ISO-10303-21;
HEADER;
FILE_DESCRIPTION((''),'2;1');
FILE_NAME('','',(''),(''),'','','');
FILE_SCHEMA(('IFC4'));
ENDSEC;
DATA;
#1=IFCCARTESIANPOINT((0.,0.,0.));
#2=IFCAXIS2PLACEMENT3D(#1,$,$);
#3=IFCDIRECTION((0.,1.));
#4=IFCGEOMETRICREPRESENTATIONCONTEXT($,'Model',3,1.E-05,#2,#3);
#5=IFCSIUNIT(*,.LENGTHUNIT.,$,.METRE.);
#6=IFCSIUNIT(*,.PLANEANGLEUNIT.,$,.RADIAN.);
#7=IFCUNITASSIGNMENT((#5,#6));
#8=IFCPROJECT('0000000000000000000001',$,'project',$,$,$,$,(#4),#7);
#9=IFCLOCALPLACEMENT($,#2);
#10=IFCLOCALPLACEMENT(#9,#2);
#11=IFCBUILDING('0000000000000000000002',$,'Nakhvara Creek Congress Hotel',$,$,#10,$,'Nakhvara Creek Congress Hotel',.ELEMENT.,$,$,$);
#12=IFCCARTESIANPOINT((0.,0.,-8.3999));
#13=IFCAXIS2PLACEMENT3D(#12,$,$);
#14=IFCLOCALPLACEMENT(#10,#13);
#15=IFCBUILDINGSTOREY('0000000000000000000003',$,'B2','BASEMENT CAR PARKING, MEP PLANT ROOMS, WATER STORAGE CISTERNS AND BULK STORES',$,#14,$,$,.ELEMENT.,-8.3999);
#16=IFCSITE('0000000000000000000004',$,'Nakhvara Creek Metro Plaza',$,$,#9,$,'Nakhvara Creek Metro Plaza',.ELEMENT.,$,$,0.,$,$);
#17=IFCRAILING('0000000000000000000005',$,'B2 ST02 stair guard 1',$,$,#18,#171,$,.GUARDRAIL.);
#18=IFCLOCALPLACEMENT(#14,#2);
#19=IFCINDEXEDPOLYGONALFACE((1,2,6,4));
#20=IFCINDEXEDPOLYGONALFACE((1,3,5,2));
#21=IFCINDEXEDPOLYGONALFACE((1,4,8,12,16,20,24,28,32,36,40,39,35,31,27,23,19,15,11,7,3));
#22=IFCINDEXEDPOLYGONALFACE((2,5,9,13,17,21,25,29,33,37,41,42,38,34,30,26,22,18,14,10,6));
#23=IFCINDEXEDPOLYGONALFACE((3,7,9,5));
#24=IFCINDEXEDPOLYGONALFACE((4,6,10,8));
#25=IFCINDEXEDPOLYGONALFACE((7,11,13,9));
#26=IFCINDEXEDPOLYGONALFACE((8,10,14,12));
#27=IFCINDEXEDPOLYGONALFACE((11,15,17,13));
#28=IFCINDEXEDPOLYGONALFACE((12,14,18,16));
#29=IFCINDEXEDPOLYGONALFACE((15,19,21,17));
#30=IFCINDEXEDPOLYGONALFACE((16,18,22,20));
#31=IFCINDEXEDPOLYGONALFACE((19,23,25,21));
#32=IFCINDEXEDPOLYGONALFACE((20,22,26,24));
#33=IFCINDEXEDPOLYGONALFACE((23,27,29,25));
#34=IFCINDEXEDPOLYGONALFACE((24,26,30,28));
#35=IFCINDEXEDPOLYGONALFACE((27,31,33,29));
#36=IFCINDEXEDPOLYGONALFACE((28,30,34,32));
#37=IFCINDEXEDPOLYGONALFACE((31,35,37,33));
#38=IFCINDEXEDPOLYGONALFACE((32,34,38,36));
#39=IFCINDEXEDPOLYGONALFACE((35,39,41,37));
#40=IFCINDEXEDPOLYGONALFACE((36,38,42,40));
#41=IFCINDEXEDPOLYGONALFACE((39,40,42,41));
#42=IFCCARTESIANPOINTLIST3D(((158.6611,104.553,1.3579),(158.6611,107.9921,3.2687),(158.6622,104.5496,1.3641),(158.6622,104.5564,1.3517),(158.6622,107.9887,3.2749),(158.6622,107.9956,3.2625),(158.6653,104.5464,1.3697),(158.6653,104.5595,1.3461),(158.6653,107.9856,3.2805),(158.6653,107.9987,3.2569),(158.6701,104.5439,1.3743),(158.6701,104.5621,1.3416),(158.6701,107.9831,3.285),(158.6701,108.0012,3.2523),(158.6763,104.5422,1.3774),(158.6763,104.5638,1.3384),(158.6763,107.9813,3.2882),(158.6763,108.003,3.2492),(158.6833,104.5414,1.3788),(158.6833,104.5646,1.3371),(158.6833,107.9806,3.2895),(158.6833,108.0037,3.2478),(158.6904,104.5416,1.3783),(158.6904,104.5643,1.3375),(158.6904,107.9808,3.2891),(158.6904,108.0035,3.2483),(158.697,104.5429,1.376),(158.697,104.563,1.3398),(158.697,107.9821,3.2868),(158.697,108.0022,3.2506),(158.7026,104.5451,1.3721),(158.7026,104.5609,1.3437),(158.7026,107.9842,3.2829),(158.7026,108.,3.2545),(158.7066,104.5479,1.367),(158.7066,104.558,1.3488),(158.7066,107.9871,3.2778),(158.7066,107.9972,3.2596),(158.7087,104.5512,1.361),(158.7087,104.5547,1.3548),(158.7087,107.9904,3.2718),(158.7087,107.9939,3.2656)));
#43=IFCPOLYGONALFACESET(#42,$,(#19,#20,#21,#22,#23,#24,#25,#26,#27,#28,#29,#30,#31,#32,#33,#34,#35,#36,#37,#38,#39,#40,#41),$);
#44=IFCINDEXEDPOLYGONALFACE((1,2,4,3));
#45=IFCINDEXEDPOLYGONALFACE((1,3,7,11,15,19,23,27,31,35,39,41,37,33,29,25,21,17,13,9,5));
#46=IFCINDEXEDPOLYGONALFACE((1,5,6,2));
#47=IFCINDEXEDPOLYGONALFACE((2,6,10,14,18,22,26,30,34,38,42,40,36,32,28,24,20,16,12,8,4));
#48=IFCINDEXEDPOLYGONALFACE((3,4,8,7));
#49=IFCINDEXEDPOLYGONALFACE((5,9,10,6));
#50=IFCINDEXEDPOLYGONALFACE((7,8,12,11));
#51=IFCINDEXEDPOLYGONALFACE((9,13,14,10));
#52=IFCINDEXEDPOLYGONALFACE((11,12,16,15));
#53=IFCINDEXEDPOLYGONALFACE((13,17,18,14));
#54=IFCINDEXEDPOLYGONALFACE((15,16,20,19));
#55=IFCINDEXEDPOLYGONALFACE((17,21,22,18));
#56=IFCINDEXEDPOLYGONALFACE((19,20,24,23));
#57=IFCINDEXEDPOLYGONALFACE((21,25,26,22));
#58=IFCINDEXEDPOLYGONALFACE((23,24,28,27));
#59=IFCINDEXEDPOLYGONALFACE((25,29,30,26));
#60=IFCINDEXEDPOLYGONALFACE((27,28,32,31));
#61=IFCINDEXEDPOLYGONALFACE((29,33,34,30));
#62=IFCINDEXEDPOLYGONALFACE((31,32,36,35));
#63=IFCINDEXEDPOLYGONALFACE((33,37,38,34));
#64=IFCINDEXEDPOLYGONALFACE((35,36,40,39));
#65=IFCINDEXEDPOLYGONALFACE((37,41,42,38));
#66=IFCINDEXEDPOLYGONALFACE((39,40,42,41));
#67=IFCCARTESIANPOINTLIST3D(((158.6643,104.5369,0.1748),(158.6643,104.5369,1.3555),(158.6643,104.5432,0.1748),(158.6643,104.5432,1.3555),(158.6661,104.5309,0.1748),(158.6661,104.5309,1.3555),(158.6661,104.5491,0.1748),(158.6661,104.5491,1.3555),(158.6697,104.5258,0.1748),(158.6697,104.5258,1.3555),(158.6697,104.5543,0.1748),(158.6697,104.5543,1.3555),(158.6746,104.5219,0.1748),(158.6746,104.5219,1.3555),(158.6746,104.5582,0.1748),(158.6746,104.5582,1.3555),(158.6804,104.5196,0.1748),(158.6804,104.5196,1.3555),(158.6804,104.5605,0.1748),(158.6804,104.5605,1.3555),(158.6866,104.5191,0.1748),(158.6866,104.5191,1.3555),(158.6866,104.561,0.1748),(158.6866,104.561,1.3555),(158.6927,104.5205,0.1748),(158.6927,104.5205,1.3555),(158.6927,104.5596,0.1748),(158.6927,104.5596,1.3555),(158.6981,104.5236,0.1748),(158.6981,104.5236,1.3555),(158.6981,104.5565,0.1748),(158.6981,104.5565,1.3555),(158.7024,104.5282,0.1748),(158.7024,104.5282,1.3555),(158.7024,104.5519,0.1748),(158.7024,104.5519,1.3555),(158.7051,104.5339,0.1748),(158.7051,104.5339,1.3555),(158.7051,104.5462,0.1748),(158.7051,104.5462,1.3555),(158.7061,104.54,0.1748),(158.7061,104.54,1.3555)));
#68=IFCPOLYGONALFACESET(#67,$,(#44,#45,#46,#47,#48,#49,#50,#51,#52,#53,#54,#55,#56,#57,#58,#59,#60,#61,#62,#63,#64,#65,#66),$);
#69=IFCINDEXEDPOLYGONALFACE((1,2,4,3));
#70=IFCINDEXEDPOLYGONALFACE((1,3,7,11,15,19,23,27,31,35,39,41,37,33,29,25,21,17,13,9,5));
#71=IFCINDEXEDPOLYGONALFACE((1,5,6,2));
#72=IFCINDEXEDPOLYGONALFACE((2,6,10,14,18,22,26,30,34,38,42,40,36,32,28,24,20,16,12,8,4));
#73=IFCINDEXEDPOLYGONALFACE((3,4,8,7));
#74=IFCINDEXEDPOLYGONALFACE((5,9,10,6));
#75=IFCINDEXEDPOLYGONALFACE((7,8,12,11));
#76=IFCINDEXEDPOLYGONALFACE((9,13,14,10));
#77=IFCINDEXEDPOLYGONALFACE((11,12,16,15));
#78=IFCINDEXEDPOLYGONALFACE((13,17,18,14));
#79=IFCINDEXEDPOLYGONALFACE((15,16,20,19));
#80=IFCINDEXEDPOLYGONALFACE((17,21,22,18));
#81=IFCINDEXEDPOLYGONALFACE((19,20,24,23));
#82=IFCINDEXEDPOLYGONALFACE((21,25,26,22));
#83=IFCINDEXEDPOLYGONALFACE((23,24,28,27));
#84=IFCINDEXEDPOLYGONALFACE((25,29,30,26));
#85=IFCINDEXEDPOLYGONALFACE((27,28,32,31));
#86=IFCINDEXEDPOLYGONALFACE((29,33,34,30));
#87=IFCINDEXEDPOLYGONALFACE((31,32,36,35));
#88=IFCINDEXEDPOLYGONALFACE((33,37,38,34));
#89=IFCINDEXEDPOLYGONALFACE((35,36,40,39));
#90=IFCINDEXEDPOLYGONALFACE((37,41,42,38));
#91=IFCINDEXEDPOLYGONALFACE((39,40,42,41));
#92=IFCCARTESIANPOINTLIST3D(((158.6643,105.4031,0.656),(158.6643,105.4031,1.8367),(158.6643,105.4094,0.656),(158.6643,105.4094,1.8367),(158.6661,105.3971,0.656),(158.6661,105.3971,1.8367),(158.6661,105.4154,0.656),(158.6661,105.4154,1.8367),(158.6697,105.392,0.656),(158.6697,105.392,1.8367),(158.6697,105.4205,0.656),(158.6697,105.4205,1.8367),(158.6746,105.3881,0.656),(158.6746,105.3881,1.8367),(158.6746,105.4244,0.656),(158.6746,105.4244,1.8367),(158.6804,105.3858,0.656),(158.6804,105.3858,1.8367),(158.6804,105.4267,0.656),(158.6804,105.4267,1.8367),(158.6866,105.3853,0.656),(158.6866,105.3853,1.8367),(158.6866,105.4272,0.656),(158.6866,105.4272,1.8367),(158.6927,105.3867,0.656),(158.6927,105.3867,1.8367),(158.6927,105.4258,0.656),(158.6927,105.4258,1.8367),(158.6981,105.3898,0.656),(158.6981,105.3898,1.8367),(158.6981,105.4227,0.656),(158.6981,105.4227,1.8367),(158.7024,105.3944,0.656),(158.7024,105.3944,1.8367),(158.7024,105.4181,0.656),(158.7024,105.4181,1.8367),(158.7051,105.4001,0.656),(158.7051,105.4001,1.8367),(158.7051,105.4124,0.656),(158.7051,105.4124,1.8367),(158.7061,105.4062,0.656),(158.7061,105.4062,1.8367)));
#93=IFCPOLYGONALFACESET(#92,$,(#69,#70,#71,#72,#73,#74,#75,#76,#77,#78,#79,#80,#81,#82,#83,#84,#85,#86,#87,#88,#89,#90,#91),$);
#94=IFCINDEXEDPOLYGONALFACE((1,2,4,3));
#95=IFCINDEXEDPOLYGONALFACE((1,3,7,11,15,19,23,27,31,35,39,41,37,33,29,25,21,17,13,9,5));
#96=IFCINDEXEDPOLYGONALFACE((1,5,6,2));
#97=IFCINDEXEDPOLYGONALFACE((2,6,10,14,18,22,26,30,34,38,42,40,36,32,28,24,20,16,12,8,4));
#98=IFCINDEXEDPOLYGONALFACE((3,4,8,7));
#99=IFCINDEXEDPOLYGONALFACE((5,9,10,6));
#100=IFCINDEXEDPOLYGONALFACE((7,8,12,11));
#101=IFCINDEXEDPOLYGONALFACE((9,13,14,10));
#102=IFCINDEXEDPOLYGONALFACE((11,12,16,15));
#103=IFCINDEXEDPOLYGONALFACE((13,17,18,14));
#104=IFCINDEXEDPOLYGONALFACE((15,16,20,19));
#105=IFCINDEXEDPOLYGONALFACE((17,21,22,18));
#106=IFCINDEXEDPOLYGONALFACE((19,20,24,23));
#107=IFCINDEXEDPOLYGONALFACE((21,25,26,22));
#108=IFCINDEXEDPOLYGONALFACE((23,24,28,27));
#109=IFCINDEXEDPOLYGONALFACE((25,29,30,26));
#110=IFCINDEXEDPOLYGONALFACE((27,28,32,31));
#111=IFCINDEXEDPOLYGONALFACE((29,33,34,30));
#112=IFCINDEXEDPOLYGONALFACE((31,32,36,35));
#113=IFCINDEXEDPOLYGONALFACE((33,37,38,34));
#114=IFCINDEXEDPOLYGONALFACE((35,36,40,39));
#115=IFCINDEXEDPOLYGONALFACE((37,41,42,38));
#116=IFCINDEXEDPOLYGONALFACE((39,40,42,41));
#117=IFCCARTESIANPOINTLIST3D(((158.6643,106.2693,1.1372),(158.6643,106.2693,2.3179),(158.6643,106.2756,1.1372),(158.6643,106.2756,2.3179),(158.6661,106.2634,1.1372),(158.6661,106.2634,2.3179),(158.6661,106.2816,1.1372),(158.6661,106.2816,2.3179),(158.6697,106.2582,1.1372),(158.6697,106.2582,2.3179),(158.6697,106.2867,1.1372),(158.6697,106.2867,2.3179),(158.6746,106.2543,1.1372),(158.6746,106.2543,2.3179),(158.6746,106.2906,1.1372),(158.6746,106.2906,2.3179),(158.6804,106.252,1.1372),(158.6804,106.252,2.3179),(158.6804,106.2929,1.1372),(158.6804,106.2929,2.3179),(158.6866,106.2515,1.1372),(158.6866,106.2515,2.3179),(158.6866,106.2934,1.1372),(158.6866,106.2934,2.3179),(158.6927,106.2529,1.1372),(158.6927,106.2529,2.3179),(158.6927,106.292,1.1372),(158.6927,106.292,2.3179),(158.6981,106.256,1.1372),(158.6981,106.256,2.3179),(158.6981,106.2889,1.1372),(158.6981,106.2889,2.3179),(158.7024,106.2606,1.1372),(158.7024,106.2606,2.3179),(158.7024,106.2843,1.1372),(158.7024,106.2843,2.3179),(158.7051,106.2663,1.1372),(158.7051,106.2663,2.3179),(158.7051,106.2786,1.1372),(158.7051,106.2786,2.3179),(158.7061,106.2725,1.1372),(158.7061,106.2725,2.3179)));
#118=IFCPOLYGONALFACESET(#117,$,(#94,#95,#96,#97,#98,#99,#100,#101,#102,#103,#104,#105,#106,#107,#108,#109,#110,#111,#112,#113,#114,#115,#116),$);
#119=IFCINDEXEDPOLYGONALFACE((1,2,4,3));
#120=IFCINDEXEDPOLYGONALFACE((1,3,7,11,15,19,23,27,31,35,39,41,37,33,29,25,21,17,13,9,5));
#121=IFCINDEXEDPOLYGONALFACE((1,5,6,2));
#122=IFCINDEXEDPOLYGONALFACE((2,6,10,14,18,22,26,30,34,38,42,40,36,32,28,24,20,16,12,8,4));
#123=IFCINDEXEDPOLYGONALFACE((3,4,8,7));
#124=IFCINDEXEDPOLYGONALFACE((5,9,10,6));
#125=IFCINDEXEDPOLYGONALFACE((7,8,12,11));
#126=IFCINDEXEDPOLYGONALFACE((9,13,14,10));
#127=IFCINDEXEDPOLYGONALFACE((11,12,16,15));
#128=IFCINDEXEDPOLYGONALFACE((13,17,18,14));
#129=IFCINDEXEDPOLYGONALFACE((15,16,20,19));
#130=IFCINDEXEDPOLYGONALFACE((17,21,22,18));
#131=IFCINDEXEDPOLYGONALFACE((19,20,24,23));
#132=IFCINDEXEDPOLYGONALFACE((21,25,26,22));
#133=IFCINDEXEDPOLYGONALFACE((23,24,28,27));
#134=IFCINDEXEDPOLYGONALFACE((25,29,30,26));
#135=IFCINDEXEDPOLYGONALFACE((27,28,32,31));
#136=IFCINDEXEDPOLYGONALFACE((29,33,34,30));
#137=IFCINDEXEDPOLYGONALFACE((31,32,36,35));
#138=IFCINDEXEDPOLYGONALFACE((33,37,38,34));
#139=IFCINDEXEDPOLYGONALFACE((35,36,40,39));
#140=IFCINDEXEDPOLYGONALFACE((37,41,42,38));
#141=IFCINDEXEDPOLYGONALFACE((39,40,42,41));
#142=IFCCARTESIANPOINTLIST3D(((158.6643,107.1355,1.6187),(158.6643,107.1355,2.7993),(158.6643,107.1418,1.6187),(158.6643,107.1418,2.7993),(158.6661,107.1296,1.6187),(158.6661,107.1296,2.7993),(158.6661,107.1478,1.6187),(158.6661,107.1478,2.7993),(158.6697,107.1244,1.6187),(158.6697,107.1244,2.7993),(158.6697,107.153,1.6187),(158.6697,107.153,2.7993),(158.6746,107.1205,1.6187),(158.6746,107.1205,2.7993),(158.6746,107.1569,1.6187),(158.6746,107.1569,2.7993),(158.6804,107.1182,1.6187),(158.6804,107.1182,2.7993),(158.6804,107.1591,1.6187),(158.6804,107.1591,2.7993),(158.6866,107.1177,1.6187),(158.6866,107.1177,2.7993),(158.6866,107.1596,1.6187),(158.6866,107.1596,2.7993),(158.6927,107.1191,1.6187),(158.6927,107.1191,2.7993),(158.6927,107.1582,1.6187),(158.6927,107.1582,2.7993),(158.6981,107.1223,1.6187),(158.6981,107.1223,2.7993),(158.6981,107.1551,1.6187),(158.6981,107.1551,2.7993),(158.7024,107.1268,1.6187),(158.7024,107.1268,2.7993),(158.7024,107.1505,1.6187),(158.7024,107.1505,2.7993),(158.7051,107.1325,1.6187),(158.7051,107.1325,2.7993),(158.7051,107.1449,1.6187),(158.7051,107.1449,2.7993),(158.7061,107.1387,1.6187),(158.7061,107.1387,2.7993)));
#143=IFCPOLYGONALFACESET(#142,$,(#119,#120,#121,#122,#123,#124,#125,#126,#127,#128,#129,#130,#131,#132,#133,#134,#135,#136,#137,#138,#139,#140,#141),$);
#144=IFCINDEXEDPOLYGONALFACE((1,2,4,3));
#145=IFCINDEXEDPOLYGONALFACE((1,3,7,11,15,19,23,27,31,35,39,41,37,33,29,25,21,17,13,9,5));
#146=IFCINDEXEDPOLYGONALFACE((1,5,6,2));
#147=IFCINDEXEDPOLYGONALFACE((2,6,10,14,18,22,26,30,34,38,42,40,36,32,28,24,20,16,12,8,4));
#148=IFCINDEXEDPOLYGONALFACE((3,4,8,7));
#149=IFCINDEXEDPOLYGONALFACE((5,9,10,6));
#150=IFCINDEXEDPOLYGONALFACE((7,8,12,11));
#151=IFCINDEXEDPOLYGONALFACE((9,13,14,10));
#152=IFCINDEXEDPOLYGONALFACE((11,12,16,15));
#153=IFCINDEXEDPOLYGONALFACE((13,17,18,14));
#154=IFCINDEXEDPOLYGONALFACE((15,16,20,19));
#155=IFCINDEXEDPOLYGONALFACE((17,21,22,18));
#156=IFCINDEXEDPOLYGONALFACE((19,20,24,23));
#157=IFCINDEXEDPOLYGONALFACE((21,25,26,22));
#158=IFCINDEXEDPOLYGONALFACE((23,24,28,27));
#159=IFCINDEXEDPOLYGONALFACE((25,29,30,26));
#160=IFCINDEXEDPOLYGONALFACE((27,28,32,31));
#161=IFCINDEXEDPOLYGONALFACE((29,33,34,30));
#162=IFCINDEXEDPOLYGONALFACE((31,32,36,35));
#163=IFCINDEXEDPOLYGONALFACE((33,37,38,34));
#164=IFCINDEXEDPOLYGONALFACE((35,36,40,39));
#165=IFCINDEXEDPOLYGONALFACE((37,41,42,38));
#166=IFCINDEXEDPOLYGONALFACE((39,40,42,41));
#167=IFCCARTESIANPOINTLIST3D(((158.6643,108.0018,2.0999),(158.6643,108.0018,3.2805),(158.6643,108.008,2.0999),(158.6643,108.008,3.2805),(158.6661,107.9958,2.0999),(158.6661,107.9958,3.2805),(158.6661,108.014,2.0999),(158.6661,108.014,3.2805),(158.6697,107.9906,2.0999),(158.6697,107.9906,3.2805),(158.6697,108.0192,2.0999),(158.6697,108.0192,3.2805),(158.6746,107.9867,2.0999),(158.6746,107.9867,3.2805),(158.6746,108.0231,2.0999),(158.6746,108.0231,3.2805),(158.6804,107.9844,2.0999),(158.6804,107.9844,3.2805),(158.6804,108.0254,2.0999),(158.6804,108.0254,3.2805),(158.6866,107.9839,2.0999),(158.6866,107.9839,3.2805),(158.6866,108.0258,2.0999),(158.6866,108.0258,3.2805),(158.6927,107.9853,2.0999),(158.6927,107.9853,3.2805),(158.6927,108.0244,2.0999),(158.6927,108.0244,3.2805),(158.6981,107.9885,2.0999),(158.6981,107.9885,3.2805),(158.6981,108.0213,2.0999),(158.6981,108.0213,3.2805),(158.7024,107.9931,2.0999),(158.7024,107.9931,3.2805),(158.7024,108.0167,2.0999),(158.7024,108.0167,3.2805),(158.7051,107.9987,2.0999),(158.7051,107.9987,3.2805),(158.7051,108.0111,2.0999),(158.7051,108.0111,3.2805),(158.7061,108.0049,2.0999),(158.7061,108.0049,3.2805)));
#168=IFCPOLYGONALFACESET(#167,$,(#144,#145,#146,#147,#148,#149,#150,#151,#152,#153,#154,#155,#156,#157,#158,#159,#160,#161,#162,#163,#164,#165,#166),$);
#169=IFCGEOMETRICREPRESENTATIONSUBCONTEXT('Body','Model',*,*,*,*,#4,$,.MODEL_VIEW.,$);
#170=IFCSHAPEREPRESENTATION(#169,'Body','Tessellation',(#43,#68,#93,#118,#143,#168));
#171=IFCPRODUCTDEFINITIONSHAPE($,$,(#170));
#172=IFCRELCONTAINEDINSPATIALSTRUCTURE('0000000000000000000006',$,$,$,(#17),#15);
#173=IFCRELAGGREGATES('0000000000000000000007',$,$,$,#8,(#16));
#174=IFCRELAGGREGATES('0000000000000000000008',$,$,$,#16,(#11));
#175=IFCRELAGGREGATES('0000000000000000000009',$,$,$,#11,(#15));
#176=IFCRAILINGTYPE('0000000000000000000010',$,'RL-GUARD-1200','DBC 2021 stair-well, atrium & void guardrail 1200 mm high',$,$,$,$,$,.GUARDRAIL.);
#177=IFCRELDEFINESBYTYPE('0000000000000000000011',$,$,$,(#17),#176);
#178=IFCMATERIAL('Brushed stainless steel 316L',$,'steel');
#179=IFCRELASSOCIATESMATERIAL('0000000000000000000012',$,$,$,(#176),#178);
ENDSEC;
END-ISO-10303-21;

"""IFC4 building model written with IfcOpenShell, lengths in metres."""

from ifc_helpers import new_model, si_unit, direction, frame, origin, origin_2d, place, context, subcontext, project, spatial, circle, extrude, material, type_object, element, save


model = new_model("IFC4")

# Units and contexts
model_context = context("Model", 3, precision=1e-05, world=origin(), true_north=direction((0.0, 1.0)))
body_context = subcontext(model_context, "Body", "Model", "MODEL_VIEW")
ifc_project = project(units=[si_unit("LENGTHUNIT", "METRE"), si_unit("PLANEANGLEUNIT", "RADIAN")], contexts=[model_context])

# Site, building, storey
site_placement = place(None, origin())
site = spatial("IfcSite", under=ifc_project, at=site_placement, Name="Nakhvara Creek Metro Plaza", LongName="Nakhvara Creek Metro Plaza", CompositionType="ELEMENT", RefElevation=0.0)
building_placement = place(site_placement, origin())
building = spatial("IfcBuilding", under=site, at=building_placement, Name="Nakhvara Creek Congress Hotel", LongName="Nakhvara Creek Congress Hotel", CompositionType="ELEMENT")
storey_placement = place(building_placement, frame((0.0, 0.0, -8.3999)))
storey = spatial("IfcBuildingStorey", under=building, at=storey_placement, Name="B2", Description="BASEMENT CAR PARKING, MEP PLANT ROOMS, WATER STORAGE CISTERNS AND BULK STORES", CompositionType="ELEMENT", Elevation=-8.3999)

# Railing
ifc_material_1 = material(Name="Brushed stainless steel 316L", Category="steel")
railing_type_1 = type_object("IfcRailingType", Name="RL-GUARD-1200", Description="DBC 2021 stair-well, atrium & void guardrail 1200 mm high", PredefinedType="GUARDRAIL", material=ifc_material_1)
railing_1_placement = place(storey_placement, frame((158.6851, 104.54, 0.1748)))
element("IfcRailing", 1, at=railing_1_placement, inside=storey, type_object=railing_type_1, Name="B2 ST02 stair guard 1", PredefinedType="GUARDRAIL", context=body_context, shape_type="SweptSolid", body=[
    extrude(circle(Radius=0.0239, at=origin_2d()), frame((0.0, 0.0129, 1.1831), z_axis=(0.0, 0.874143, 0.485669), x_axis=(-1.0, 0.0, 0.0)), (0.0, 0.0, 1.0), 3.9343),
    extrude(circle(Radius=0.021, at=origin_2d()), origin(), (0.0, 0.0, 1.0), 1.1807),
    extrude(circle(Radius=0.021, at=origin_2d()), frame((0.0, 0.8662, 0.4812)), (0.0, 0.0, 1.0), 1.1807),
    extrude(circle(Radius=0.021, at=origin_2d()), frame((0.0, 1.7324, 0.9624)), (0.0, 0.0, 1.0), 1.1807),
    extrude(circle(Radius=0.021, at=origin_2d()), frame((0.0, 2.5986, 1.4438)), (0.0, 0.0, 1.0), 1.1807),
    extrude(circle(Radius=0.021, at=origin_2d()), frame((0.0, 3.4648, 1.925)), (0.0, 0.0, 1.0), 1.1807),
])

save(model, "model.ifc")
